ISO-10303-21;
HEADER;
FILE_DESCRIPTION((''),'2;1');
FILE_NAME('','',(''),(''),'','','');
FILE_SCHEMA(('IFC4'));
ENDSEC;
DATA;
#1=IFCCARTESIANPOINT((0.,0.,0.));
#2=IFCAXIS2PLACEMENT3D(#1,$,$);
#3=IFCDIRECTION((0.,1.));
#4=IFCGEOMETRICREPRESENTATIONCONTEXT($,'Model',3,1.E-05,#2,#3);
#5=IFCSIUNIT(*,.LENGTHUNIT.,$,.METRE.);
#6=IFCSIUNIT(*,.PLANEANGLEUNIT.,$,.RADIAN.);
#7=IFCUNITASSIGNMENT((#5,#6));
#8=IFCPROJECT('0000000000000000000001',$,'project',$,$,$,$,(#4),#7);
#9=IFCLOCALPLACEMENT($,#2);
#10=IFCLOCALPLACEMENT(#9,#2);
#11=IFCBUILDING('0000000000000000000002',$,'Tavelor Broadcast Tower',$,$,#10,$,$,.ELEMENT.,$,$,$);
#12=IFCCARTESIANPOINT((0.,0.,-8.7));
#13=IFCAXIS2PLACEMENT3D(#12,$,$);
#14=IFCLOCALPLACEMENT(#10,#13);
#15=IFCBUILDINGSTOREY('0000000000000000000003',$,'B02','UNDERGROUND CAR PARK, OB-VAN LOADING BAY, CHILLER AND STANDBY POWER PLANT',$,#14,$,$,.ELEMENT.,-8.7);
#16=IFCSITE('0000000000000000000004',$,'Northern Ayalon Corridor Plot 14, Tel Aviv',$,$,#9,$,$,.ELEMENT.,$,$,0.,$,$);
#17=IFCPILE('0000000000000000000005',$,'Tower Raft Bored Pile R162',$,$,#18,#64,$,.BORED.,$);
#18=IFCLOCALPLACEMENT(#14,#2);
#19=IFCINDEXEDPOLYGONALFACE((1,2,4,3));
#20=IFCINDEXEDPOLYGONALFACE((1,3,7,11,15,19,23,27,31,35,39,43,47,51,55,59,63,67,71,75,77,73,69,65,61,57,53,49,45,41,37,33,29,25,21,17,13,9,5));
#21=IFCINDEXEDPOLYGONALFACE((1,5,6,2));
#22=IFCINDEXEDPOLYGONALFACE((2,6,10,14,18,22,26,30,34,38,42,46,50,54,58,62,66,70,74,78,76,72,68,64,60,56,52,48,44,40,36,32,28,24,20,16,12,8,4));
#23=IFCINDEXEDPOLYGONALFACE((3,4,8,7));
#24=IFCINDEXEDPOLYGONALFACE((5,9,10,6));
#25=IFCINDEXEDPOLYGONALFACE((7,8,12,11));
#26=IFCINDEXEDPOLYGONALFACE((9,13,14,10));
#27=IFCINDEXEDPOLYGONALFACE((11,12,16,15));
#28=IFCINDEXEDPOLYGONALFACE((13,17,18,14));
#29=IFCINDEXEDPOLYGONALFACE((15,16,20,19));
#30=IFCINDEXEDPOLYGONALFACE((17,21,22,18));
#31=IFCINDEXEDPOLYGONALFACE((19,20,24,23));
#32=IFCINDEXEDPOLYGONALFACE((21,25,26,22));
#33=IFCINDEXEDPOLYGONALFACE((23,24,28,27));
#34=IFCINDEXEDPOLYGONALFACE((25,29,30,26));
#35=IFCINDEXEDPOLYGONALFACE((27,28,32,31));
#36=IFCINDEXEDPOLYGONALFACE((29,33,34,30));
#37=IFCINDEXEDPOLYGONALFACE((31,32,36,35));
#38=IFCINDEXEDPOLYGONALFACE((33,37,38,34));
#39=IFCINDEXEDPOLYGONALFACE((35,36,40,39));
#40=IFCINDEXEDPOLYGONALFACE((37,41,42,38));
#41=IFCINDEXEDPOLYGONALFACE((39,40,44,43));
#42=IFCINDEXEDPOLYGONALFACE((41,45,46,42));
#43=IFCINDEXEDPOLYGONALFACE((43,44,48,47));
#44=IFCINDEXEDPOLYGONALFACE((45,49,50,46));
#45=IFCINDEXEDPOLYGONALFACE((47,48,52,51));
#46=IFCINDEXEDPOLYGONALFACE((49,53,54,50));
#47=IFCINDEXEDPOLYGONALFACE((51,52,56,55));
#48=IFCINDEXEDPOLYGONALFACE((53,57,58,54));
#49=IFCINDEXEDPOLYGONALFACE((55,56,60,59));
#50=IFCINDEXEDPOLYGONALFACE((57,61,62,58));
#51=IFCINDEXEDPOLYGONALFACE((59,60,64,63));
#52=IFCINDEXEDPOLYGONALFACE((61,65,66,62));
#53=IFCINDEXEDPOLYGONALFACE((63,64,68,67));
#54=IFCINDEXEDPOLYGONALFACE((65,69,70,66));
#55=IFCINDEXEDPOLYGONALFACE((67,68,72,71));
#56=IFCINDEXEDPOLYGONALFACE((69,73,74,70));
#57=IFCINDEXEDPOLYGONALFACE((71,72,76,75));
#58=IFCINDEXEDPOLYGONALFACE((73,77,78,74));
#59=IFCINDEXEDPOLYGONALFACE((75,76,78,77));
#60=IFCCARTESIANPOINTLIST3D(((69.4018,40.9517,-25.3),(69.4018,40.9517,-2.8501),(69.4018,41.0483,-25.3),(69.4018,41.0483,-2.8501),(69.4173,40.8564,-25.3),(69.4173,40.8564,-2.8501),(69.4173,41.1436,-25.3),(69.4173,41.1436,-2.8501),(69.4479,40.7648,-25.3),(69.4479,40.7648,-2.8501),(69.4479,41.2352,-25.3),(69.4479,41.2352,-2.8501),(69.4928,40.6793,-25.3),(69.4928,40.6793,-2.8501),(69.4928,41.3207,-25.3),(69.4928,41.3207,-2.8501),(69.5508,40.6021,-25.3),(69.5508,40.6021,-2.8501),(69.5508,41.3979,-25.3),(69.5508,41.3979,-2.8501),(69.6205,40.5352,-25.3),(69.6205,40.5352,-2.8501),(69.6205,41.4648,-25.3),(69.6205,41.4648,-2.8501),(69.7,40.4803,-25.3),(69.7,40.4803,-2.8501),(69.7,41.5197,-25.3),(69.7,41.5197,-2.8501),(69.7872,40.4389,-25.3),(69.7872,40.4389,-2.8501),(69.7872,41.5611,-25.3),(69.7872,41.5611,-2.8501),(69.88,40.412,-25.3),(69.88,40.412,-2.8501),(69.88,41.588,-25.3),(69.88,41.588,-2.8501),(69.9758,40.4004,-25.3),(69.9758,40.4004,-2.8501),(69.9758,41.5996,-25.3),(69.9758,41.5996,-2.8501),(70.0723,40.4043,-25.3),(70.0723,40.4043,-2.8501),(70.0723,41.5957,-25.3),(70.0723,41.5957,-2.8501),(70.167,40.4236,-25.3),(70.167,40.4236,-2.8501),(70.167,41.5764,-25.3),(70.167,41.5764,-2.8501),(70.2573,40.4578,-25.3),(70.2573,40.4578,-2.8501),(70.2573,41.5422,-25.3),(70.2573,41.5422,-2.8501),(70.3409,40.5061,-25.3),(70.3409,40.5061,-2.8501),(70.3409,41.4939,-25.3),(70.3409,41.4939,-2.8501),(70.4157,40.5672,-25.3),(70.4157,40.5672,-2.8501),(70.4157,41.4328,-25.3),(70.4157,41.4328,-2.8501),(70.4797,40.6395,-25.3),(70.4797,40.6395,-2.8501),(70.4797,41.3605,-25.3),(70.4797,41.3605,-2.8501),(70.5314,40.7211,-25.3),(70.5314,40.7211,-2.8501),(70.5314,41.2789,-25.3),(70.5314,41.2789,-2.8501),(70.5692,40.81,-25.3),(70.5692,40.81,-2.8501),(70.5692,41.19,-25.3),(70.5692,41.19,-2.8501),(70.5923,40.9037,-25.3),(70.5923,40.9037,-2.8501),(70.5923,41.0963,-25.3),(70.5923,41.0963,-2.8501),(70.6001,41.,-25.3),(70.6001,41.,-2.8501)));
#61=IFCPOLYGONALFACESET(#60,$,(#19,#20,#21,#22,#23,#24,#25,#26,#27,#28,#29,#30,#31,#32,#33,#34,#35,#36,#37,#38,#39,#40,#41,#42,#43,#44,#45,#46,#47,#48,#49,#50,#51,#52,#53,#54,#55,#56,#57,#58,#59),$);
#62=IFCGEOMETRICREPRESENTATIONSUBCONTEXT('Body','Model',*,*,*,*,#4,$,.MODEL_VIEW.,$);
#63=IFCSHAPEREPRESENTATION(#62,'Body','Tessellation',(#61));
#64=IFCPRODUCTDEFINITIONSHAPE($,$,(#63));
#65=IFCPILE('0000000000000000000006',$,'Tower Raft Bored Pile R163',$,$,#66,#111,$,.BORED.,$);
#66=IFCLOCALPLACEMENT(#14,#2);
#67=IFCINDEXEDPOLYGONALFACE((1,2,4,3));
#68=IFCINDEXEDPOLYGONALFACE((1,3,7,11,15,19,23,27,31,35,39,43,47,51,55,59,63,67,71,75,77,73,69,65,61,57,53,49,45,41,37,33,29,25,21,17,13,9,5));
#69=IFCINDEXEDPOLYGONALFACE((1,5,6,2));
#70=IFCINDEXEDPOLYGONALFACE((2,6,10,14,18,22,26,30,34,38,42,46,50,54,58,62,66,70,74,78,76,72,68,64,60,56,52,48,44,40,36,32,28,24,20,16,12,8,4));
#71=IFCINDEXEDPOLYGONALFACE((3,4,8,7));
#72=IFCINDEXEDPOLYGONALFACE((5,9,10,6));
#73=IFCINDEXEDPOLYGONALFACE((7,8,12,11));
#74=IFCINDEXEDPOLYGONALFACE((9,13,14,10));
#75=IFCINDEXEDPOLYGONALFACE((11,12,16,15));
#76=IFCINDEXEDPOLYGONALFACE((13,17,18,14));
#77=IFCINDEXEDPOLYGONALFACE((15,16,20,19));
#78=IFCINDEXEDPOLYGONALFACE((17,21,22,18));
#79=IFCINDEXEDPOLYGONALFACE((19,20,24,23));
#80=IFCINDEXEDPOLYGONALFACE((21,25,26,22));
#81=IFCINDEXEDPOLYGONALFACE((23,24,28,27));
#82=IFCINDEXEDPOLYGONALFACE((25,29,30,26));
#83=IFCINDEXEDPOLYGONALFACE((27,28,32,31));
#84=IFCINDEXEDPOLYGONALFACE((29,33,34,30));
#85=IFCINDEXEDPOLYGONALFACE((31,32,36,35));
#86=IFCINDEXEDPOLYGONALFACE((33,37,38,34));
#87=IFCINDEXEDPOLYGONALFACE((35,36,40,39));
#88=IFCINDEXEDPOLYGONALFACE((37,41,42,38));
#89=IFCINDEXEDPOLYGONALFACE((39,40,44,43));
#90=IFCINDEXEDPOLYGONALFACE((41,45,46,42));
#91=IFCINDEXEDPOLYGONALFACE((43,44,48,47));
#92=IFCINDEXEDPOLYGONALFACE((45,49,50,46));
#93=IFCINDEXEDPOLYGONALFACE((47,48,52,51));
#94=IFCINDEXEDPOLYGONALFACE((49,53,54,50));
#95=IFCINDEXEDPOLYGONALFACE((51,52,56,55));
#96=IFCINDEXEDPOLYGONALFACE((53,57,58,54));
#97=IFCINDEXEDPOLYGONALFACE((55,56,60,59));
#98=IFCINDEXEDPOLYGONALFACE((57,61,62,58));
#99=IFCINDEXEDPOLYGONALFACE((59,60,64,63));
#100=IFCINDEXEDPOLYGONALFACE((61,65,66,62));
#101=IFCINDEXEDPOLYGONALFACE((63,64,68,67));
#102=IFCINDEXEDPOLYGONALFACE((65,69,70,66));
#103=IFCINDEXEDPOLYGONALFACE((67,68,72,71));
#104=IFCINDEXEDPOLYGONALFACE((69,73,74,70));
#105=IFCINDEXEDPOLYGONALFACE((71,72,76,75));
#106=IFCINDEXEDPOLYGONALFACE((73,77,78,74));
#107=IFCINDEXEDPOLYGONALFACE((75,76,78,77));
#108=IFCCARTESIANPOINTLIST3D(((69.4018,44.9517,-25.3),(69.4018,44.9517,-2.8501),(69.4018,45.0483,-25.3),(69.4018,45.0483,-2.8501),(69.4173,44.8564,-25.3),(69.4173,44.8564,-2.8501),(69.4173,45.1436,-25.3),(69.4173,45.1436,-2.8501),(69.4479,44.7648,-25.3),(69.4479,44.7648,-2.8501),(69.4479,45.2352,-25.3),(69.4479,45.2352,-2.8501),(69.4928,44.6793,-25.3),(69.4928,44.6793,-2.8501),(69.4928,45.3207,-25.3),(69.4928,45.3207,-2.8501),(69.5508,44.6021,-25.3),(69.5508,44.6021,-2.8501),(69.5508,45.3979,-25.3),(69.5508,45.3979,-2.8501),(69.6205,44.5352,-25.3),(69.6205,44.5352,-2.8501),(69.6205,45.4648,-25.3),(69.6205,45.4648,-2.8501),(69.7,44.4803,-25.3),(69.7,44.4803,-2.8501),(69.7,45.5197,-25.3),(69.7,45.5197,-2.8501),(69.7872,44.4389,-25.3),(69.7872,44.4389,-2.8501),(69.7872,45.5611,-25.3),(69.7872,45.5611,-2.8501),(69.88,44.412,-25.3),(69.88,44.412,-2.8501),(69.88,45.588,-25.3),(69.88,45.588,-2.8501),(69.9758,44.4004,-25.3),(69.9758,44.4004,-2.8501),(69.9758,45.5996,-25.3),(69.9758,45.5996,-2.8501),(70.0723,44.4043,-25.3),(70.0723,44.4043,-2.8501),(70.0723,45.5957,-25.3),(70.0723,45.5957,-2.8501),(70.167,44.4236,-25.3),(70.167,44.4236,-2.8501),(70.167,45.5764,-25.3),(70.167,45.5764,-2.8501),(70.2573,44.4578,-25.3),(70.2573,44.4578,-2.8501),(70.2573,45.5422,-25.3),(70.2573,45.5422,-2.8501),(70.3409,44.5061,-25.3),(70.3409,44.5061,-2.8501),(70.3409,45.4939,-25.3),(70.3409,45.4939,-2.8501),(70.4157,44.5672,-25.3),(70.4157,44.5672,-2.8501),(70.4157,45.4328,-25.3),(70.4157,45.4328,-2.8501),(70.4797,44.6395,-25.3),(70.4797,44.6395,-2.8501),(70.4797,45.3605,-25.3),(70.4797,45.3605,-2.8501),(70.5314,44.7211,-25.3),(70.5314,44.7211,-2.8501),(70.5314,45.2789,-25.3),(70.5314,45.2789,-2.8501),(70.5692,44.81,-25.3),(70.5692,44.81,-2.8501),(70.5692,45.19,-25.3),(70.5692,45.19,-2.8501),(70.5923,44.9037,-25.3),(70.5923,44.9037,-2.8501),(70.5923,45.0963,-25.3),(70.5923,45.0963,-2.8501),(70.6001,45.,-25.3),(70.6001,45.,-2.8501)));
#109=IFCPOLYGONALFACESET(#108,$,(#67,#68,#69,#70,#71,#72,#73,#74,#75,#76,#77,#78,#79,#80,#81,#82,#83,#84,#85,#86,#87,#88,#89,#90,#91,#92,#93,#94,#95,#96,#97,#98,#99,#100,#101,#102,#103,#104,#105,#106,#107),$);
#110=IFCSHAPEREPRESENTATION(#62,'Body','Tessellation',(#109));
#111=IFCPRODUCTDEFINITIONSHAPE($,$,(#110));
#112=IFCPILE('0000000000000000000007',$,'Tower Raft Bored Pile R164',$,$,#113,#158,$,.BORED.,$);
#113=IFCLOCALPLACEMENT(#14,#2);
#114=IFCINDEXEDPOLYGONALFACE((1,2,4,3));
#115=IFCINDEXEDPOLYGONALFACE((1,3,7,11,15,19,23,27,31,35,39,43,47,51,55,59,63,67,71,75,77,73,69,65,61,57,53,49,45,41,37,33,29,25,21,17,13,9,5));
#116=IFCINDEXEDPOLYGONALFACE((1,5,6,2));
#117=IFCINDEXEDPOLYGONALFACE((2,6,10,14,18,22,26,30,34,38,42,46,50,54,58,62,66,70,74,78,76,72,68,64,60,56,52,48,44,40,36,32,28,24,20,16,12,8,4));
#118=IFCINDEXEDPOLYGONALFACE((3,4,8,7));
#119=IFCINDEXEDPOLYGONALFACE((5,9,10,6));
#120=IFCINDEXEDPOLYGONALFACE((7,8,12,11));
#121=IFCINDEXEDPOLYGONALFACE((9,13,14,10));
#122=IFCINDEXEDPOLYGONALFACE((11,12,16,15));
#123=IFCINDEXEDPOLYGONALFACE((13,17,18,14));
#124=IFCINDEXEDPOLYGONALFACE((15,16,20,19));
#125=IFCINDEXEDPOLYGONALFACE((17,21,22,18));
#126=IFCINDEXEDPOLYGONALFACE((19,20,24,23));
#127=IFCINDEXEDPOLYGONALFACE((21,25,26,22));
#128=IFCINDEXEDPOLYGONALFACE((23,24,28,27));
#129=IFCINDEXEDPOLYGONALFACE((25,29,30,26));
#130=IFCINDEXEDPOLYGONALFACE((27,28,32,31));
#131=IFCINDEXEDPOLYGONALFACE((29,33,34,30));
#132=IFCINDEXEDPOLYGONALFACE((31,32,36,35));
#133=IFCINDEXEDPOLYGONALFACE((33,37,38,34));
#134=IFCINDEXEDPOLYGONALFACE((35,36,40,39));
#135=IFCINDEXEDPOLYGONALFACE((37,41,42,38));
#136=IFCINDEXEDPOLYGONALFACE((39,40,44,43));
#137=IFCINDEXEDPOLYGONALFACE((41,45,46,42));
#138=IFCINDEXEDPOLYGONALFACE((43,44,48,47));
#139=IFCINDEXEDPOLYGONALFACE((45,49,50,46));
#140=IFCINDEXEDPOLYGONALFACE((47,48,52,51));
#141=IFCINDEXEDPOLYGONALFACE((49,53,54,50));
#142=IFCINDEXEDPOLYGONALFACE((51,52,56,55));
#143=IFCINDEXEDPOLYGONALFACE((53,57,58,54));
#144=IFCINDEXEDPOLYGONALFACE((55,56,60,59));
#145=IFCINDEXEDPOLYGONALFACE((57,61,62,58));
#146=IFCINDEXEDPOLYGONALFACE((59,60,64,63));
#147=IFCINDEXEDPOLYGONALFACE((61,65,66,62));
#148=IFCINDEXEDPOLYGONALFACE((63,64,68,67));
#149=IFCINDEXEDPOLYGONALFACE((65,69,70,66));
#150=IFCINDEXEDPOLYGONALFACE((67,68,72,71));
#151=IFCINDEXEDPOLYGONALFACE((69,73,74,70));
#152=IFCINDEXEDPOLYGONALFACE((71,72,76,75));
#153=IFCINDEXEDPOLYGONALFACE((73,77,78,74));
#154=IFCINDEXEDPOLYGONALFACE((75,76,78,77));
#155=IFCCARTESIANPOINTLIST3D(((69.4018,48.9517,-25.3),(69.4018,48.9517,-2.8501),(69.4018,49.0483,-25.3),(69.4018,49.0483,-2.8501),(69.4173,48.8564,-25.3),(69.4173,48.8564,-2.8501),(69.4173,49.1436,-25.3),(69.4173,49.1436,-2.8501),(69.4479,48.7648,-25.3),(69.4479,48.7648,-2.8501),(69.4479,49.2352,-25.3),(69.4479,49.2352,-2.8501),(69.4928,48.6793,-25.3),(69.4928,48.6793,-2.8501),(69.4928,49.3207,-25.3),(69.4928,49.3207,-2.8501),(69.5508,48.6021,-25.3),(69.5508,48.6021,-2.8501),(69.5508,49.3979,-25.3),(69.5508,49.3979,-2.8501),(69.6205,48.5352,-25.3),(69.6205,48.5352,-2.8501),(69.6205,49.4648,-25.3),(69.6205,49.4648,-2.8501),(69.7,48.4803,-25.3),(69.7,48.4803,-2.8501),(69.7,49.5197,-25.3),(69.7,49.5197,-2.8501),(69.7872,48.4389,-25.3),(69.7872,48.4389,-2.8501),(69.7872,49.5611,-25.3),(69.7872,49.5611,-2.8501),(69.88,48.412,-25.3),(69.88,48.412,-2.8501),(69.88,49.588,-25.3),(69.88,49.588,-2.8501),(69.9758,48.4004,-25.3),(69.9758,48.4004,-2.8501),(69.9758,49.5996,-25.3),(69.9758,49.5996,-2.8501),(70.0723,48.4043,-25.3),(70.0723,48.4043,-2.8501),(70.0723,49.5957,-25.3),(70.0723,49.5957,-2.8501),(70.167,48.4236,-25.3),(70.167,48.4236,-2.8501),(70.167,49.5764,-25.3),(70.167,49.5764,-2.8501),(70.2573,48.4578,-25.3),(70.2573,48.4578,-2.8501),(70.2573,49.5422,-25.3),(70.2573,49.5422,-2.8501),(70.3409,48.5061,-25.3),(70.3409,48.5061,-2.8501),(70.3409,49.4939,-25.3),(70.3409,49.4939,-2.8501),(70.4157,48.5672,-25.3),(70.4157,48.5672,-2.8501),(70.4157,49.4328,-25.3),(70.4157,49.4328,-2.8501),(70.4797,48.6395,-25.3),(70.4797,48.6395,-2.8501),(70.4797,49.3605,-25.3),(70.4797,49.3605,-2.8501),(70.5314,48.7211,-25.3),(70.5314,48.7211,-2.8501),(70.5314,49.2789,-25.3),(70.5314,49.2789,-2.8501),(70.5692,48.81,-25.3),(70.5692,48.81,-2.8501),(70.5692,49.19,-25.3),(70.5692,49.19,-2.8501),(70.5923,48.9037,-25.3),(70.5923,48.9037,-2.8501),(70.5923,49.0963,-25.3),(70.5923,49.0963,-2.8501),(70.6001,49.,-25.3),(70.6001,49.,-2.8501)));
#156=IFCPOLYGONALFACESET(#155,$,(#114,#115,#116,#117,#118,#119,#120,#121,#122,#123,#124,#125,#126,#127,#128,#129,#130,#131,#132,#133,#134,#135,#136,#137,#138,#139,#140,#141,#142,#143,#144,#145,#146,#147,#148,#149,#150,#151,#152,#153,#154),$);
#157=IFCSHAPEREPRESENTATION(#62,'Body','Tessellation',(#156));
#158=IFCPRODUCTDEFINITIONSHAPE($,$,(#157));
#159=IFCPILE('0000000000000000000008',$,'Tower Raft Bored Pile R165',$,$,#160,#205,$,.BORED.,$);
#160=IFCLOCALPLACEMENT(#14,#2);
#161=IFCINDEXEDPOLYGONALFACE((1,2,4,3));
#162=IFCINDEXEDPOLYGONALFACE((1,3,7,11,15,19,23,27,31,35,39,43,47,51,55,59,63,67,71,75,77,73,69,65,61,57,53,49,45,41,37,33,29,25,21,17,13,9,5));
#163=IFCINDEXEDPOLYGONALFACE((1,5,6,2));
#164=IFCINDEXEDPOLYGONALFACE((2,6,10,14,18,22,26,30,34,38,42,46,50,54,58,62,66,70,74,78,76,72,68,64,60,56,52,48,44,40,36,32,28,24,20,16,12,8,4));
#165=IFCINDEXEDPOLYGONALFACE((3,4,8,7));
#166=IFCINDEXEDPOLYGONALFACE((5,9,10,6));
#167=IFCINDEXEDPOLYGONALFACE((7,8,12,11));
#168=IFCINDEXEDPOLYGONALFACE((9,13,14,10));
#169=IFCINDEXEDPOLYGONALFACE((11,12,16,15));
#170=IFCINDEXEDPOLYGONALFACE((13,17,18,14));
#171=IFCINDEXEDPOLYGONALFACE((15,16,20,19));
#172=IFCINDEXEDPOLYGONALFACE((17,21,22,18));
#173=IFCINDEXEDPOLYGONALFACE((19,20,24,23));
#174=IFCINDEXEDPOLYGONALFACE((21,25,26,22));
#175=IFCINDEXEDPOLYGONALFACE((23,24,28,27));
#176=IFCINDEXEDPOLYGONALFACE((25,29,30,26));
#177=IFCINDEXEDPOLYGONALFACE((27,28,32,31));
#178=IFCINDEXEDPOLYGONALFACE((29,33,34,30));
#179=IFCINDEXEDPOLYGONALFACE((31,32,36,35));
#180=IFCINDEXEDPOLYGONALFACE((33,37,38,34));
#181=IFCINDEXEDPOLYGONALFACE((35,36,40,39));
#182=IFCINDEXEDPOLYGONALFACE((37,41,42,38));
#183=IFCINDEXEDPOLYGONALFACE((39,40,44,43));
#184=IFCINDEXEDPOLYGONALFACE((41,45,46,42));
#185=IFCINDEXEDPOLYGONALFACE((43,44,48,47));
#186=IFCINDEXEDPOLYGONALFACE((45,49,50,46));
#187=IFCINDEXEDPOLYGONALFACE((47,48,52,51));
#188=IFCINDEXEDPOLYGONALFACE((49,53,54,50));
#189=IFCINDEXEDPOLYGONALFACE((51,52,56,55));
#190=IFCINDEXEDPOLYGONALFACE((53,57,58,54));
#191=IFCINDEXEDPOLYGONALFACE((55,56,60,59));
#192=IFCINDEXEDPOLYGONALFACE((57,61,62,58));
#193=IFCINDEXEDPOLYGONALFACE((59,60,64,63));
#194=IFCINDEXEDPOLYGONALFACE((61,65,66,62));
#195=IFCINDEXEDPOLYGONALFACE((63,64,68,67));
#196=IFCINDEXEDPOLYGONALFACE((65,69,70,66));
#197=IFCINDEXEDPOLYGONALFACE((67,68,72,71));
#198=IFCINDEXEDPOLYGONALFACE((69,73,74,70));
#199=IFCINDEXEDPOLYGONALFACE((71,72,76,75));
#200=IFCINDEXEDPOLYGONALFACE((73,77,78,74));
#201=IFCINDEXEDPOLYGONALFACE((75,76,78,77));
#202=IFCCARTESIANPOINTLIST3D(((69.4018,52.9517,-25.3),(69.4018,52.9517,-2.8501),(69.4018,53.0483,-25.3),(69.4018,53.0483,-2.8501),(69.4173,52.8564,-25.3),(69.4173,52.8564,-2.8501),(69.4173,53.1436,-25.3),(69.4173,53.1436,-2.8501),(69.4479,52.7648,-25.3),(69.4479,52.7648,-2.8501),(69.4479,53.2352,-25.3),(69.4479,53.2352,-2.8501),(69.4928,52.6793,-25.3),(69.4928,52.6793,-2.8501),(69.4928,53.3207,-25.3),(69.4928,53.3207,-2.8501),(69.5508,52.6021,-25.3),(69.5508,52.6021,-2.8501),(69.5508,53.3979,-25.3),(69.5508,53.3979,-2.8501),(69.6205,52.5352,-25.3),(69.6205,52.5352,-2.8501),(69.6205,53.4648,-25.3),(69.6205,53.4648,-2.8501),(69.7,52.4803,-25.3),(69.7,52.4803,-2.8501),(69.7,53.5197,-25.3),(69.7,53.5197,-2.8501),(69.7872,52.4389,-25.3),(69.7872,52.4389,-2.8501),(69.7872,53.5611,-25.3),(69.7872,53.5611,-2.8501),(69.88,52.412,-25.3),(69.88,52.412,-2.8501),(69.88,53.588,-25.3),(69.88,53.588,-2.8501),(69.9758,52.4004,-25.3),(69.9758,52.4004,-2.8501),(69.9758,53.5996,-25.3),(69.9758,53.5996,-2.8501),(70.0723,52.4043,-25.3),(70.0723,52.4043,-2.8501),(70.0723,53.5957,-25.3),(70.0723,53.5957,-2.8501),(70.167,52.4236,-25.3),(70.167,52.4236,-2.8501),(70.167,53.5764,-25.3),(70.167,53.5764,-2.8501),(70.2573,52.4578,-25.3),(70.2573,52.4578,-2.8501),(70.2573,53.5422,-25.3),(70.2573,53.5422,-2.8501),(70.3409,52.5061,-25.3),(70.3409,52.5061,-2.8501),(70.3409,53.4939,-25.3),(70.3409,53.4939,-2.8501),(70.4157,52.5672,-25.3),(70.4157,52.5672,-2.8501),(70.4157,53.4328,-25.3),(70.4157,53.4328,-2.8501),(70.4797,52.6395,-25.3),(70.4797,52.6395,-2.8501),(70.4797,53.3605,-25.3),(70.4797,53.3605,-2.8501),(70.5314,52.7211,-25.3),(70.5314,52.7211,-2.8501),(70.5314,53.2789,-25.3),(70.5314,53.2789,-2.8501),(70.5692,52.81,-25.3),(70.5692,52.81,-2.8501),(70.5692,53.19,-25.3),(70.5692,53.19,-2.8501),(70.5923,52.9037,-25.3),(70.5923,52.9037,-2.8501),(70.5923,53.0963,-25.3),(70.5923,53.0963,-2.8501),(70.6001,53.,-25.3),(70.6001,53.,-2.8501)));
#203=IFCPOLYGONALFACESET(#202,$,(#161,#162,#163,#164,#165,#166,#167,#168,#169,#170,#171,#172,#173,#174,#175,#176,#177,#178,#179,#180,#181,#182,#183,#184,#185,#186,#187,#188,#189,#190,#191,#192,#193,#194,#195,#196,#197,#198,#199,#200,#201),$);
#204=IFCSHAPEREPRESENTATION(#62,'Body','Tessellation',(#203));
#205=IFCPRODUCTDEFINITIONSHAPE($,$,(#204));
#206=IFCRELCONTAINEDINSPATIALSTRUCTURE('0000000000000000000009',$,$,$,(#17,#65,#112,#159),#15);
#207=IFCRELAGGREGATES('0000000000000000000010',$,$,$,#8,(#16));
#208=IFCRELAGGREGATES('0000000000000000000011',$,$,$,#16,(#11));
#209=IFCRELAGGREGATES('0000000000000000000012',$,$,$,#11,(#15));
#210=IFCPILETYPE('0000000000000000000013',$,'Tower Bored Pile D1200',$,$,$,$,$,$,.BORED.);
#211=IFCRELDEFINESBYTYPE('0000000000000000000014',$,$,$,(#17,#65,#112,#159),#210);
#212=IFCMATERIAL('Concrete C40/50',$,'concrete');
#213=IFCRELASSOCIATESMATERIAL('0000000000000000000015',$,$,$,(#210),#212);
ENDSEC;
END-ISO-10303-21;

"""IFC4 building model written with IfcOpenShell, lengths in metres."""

from ifc_helpers import new_model, si_unit, direction, frame, origin, origin_2d, place, context, subcontext, project, spatial, circle, extrude, material, material_profile, profile_set, type_object, element, save


model = new_model("IFC4")

# Units and contexts
model_context = context("Model", 3, precision=1e-05, world=origin(), true_north=direction((0.0, 1.0)))
body_context = subcontext(model_context, "Body", "Model", "MODEL_VIEW")
ifc_project = project(units=[si_unit("LENGTHUNIT", "METRE"), si_unit("PLANEANGLEUNIT", "RADIAN")], contexts=[model_context])

# Site, building, storey
site_placement = place(None, origin())
site = spatial("IfcSite", under=ifc_project, at=site_placement, Name="Northern Ayalon Corridor Plot 14, Tel Aviv", CompositionType="ELEMENT", RefElevation=0.0)
building_placement = place(site_placement, origin())
building = spatial("IfcBuilding", under=site, at=building_placement, Name="Tavelor Broadcast Tower", CompositionType="ELEMENT")
storey_placement = place(building_placement, frame((0.0, 0.0, -8.7)))
storey = spatial("IfcBuildingStorey", under=building, at=storey_placement, Name="B02", Description="UNDERGROUND CAR PARK, OB-VAN LOADING BAY, CHILLER AND STANDBY POWER PLANT", CompositionType="ELEMENT", Elevation=-8.7)

# Piles
ifc_material_1 = material(Name="Concrete C40/50", Category="concrete")
ifc_material_profile_1 = material_profile(ifc_material_1, circle(Radius=0.6001, at=origin_2d()), Name="PILE D1200")
ifc_profile_set_1 = profile_set([ifc_material_profile_1], Name="Concrete C40/50")
pile_type = type_object("IfcPileType", Name="Tower Bored Pile D1200", PredefinedType="BORED", material=ifc_profile_set_1)
for number, where, z_axis, x_axis, name in (
    (1, (70.0, 41.0, -2.8501), (0.0, 0.0, -1.0), (1.0, 0.0, 0.0), "Tower Raft Bored Pile R162"),
    (2, (70.0, 45.0, -2.8501), (0.0, 0.0, -1.0), (1.0, 0.0, 0.0), "Tower Raft Bored Pile R163"),
    (3, (70.0, 49.0, -2.8501), (0.0, 0.0, -1.0), (1.0, 0.0, 0.0), "Tower Raft Bored Pile R164"),
    (4, (70.0, 53.0, -2.8501), (0.0, 0.0, -1.0), (1.0, 0.0, 0.0), "Tower Raft Bored Pile R165"),
):
    element("IfcPile", number, at=place(storey_placement, frame(where, z_axis=z_axis, x_axis=x_axis)), inside=storey, type_object=pile_type, Name=name, PredefinedType="BORED", context=body_context, shape_type="SweptSolid", body=[
        extrude(circle(Radius=0.6001, at=origin_2d()), origin(), (0.0, 0.0, 1.0), 22.45),
    ])

save(model, "model.ifc")
